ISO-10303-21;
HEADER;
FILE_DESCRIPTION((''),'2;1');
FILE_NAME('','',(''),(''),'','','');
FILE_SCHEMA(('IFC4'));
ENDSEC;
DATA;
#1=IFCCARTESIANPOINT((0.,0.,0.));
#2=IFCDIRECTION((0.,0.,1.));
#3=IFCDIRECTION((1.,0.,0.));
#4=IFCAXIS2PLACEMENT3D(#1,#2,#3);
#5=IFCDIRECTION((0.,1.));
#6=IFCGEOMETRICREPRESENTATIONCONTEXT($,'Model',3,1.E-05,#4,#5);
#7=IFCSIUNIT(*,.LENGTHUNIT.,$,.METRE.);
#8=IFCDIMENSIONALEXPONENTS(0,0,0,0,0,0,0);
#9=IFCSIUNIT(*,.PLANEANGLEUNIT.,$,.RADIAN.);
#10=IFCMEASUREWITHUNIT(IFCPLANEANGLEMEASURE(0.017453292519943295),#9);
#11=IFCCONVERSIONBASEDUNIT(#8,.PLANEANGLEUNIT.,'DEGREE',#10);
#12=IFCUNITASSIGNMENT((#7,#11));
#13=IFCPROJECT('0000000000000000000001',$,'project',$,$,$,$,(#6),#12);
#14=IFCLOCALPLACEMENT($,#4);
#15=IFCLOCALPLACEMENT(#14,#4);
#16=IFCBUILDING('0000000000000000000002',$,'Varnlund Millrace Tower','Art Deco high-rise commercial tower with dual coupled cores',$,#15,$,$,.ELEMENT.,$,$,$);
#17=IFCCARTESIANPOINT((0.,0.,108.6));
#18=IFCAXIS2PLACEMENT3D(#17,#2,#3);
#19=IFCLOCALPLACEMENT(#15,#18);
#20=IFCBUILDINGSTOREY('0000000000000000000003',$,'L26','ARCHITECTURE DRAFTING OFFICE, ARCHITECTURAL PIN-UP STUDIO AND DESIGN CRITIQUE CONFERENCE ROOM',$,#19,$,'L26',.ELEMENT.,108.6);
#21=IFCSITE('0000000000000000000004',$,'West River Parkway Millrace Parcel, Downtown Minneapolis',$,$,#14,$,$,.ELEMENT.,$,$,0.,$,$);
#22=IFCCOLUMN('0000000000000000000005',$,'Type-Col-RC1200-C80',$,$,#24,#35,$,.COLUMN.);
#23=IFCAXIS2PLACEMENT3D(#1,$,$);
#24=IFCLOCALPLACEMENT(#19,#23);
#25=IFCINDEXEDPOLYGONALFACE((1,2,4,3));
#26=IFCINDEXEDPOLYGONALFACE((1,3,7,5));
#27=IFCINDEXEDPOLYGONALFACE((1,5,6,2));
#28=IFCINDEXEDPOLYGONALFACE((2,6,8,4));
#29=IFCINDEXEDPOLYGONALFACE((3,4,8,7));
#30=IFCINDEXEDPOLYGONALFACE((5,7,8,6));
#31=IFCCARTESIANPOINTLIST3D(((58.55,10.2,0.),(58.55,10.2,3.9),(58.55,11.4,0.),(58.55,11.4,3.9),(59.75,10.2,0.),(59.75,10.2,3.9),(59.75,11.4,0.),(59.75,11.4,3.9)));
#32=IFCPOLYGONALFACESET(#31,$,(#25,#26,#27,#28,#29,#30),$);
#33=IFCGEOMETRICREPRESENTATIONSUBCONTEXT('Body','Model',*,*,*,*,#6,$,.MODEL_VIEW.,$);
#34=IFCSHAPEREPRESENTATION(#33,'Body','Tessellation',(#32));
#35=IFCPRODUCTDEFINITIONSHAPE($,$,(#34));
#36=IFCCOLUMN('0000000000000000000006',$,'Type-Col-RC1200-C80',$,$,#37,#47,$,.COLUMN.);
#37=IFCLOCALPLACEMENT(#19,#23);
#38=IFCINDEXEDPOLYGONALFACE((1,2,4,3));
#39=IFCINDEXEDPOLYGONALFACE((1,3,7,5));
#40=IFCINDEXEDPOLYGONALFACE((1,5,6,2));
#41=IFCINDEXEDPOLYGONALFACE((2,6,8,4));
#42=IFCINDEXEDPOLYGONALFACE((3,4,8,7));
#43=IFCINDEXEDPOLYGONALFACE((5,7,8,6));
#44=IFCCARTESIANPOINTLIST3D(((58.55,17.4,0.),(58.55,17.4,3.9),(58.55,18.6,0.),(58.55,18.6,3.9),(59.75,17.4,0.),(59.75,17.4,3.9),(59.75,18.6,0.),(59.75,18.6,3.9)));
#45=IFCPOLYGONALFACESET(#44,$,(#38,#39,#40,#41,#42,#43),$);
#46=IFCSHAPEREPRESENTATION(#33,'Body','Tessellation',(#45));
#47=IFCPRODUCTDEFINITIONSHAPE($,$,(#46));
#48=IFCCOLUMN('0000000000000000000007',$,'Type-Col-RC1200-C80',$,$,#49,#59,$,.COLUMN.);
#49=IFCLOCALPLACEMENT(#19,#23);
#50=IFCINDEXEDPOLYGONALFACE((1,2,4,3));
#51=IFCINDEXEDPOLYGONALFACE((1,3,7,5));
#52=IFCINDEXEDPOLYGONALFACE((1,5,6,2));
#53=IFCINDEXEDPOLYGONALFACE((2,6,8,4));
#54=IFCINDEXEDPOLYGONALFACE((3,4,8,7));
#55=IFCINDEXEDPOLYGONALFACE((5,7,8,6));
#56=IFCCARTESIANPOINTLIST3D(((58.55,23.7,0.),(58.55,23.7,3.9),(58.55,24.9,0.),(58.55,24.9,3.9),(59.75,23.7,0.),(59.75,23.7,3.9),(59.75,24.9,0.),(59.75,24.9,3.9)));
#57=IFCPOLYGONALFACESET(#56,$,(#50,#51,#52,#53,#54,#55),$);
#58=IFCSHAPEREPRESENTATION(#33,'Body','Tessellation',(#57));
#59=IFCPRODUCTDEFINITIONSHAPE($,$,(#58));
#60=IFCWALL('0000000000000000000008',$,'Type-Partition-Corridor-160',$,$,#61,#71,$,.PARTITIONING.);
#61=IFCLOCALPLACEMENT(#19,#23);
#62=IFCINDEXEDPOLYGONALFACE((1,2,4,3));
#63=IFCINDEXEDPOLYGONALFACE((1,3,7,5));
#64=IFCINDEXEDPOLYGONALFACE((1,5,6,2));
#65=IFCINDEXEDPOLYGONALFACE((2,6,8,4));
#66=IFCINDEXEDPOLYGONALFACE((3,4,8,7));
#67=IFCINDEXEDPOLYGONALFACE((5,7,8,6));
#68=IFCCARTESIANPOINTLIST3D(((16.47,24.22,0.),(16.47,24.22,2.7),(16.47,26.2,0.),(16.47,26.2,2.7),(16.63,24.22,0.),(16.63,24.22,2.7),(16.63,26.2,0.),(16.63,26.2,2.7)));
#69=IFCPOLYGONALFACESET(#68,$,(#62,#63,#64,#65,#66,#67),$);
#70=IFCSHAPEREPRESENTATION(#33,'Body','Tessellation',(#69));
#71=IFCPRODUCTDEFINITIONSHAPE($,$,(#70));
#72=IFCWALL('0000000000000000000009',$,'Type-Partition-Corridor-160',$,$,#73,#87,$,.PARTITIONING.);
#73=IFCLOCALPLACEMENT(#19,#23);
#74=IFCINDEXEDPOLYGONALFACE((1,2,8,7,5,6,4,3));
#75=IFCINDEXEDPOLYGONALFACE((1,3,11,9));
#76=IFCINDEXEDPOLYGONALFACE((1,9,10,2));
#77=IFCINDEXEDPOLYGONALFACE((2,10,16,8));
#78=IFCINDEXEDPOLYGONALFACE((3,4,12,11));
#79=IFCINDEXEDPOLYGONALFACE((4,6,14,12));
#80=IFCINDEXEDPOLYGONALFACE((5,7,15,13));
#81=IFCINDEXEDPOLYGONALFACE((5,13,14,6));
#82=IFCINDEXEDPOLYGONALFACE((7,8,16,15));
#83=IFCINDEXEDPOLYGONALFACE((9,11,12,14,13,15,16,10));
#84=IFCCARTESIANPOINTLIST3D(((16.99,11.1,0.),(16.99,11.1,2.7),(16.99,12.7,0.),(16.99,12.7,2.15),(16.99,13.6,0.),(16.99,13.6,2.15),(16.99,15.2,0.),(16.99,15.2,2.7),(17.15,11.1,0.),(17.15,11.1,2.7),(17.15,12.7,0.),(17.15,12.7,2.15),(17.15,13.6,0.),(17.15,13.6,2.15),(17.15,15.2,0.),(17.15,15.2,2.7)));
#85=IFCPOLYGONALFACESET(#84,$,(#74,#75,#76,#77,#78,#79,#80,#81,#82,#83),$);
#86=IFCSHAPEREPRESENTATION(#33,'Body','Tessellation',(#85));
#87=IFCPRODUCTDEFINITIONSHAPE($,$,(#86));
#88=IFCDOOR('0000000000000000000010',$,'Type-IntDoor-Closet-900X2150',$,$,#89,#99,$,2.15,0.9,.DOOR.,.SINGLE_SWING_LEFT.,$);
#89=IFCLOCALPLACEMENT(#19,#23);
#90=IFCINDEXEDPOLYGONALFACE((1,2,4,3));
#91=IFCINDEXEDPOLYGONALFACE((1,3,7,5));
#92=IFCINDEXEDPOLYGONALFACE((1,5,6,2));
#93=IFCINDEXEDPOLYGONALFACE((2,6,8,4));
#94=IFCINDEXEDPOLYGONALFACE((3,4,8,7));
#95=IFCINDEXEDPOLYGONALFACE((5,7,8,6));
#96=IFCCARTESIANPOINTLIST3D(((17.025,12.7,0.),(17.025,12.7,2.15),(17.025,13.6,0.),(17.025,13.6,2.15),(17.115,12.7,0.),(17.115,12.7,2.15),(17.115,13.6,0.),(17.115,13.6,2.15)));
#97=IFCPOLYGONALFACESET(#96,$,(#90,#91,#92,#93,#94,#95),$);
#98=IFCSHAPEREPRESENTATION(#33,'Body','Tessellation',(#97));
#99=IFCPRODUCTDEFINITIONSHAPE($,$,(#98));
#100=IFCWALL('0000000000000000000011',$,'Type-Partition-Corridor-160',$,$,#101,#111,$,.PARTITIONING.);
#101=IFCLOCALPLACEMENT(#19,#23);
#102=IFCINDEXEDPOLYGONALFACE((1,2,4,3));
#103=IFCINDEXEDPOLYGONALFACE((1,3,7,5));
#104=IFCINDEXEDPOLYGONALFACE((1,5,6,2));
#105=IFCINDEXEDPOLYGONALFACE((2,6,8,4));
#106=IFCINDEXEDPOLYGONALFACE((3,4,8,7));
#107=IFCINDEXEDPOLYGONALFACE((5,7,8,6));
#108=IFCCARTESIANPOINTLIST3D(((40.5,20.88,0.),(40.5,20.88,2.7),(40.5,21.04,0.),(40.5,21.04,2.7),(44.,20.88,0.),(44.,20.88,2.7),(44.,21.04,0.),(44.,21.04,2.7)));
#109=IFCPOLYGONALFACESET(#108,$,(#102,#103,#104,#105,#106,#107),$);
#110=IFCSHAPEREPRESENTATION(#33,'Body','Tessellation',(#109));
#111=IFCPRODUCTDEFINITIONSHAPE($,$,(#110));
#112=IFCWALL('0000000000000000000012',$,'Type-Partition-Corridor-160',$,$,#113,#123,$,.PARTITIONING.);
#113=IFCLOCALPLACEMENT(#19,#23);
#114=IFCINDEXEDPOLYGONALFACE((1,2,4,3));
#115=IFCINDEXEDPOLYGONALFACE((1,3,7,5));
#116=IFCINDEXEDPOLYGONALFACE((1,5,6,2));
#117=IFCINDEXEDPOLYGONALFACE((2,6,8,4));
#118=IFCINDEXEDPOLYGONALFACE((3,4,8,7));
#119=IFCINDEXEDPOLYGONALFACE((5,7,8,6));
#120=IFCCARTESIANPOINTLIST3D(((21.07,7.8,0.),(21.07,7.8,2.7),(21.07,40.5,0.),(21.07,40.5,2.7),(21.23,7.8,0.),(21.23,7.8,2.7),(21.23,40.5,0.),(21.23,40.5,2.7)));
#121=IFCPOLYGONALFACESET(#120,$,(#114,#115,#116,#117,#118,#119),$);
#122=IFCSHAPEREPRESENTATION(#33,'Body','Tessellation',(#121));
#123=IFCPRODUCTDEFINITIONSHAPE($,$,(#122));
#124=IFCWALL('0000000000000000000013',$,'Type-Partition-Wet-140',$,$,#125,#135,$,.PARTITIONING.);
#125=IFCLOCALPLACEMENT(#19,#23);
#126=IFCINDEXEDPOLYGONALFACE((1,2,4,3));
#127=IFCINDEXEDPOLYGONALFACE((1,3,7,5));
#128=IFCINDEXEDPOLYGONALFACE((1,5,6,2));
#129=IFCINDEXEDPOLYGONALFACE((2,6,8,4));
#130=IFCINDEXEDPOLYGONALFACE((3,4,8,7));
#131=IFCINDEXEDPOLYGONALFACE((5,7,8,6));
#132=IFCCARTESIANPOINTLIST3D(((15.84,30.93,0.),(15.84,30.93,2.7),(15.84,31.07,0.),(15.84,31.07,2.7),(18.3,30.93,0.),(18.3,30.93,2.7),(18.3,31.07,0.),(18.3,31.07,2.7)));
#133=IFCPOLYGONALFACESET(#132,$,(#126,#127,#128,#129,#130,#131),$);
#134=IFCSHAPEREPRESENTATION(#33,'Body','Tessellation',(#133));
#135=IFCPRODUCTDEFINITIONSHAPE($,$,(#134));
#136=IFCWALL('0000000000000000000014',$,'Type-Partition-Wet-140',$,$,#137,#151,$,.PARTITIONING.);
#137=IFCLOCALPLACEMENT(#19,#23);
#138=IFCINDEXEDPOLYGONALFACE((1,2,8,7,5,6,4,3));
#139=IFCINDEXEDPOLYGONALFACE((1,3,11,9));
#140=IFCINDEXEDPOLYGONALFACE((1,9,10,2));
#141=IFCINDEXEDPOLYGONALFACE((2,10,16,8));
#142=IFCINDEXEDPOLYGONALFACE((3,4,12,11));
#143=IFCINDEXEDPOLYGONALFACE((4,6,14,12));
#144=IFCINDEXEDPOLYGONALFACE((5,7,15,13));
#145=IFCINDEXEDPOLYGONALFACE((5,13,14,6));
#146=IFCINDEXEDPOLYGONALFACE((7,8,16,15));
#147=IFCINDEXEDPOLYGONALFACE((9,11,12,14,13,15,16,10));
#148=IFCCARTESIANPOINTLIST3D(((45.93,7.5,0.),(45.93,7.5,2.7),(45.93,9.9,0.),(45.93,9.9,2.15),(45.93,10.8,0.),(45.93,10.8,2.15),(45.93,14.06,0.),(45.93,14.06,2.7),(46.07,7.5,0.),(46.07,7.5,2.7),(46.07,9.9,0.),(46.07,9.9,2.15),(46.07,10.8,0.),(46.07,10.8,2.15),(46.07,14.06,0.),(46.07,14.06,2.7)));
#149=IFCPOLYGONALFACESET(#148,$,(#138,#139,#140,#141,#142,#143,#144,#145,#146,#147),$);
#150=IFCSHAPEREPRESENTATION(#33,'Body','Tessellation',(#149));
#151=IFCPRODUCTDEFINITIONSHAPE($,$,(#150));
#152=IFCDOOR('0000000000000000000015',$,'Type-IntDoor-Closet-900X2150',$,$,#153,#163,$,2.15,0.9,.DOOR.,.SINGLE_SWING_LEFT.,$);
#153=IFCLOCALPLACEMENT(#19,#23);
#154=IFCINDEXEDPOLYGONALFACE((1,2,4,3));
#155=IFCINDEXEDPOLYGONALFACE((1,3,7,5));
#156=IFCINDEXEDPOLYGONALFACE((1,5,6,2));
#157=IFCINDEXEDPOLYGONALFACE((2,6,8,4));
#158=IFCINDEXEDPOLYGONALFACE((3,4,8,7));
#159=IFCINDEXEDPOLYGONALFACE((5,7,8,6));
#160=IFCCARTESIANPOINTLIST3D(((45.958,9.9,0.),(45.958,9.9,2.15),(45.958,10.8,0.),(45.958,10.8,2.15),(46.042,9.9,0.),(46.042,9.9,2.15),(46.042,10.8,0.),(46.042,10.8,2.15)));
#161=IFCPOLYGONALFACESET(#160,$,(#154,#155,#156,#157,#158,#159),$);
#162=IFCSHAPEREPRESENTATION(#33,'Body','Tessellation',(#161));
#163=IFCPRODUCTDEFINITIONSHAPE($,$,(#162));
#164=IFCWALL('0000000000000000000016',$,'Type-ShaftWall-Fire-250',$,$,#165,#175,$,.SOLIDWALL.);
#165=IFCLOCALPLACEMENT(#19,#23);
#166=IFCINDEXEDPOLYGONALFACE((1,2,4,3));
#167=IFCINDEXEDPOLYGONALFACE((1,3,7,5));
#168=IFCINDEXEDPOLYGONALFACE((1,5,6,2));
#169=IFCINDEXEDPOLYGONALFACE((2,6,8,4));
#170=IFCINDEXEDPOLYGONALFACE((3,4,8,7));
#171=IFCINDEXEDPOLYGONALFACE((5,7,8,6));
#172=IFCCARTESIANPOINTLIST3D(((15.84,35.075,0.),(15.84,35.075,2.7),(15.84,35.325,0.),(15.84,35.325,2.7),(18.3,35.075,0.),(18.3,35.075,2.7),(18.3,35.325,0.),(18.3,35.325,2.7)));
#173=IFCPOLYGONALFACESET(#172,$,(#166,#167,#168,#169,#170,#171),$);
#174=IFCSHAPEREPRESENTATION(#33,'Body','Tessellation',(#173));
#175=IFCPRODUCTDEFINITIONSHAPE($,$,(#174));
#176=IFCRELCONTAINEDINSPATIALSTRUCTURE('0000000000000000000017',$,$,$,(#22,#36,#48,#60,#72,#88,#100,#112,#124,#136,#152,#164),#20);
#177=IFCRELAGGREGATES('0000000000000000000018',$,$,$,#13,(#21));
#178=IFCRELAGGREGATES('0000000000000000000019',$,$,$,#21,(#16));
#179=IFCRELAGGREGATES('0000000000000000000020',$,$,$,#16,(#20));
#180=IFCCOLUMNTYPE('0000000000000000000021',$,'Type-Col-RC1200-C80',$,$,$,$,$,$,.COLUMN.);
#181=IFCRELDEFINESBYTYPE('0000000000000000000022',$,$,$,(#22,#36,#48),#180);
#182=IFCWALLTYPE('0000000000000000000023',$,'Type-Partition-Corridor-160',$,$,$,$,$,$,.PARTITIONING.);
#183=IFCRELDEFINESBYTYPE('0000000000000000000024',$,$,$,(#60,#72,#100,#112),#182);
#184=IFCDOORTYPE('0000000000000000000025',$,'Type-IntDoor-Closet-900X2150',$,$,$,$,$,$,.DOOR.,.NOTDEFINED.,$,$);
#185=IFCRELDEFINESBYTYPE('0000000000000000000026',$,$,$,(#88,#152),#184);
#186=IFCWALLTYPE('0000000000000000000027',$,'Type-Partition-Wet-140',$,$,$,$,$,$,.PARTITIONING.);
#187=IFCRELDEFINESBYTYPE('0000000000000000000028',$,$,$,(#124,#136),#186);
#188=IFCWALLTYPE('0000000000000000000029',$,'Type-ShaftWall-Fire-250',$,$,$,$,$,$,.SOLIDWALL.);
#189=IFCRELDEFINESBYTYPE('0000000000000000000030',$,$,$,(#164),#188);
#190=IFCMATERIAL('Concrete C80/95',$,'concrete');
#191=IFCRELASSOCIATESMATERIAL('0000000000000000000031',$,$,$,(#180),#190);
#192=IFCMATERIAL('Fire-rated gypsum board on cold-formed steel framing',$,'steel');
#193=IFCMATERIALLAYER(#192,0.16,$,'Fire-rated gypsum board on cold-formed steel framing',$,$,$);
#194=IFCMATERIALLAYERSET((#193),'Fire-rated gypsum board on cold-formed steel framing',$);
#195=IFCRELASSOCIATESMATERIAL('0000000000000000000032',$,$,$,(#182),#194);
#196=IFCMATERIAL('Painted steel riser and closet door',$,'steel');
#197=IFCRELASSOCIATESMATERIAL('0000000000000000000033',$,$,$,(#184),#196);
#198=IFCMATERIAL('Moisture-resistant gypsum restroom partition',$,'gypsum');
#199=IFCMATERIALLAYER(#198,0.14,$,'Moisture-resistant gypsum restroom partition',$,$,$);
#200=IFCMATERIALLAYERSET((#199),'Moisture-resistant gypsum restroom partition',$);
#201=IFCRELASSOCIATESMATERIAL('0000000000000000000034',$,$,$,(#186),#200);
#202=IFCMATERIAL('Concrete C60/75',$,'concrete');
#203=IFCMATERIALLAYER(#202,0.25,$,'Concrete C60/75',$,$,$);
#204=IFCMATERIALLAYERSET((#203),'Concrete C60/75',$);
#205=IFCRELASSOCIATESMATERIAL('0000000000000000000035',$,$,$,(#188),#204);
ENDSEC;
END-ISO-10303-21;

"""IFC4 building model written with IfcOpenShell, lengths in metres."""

from ifc_helpers import new_model, entity, si_unit, converted_unit, direction, frame, origin_with_axes, origin_2d_with_axis, place, context, subcontext, project, spatial, polyline, rectangle, outline, extrude, material, layer, layer_set, material_profile, profile_set, type_object, element, fill, save


model = new_model("IFC4")

# Units and contexts
model_context = context("Model", 3, precision=1e-05, world=origin_with_axes(), true_north=direction((0.0, 1.0)))
body_context = subcontext(model_context, "Body", "Model", "MODEL_VIEW")
ifc_project = project(units=[si_unit("LENGTHUNIT", "METRE"), converted_unit("PLANEANGLEUNIT", "DEGREE", entity("IfcPlaneAngleMeasure", 0.017453292519943295), si_unit("PLANEANGLEUNIT", "RADIAN"), dimensions=[0, 0, 0, 0, 0, 0, 0])], contexts=[model_context])

# Site, building, storey
site_placement = place(None, origin_with_axes())
site = spatial("IfcSite", under=ifc_project, at=site_placement, Name="West River Parkway Millrace Parcel, Downtown Minneapolis", CompositionType="ELEMENT", RefElevation=0.0)
building_placement = place(site_placement, origin_with_axes())
building = spatial("IfcBuilding", under=site, at=building_placement, Name="Varnlund Millrace Tower", Description="Art Deco high-rise commercial tower with dual coupled cores", CompositionType="ELEMENT")
storey_placement = place(building_placement, frame((0.0, 0.0, 108.6), z_axis=(0.0, 0.0, 1.0), x_axis=(1.0, 0.0, 0.0)))
storey = spatial("IfcBuildingStorey", under=building, at=storey_placement, Name="L26", Description="ARCHITECTURE DRAFTING OFFICE, ARCHITECTURAL PIN-UP STUDIO AND DESIGN CRITIQUE CONFERENCE ROOM", LongName="L26", CompositionType="ELEMENT", Elevation=108.6)

# Columns
ifc_material_1 = material(Name="Concrete C80/95", Category="concrete")
ifc_material_profile = material_profile(ifc_material_1, rectangle(XDim=1.2, YDim=1.2, at=origin_2d_with_axis()), Name="Concrete C80/95")
ifc_profile_set = profile_set([ifc_material_profile], Name="Concrete C80/95")
column_type = type_object("IfcColumnType", Name="Type-Col-RC1200-C80", PredefinedType="COLUMN", material=ifc_profile_set)
for number, where, z_axis, x_axis, name in (
    (1, (59.15, 10.8, 0.0), (0.0, 0.0, 1.0), (1.0, 0.0, 0.0), "Type-Col-RC1200-C80"),
    (2, (59.15, 18.0, 0.0), (0.0, 0.0, 1.0), (1.0, 0.0, 0.0), "Type-Col-RC1200-C80"),
    (3, (59.15, 24.3, 0.0), (0.0, 0.0, 1.0), (1.0, 0.0, 0.0), "Type-Col-RC1200-C80"),
):
    element("IfcColumn", number, at=place(storey_placement, frame(where, z_axis=z_axis, x_axis=x_axis)), inside=storey, type_object=column_type, Name=name, PredefinedType="COLUMN", context=body_context, shape_type="SweptSolid", body=[
        extrude(rectangle(XDim=1.2, YDim=1.2, at=origin_2d_with_axis()), origin_with_axes(), (0.0, 0.0, 1.0), 3.9),
    ])

# Wall
ifc_material_2 = material(Name="Fire-rated gypsum board on cold-formed steel framing", Category="steel")
ifc_layer_1 = layer(ifc_material_2, 0.16, Name="Fire-rated gypsum board on cold-formed steel framing")
ifc_layer_set_1 = layer_set([ifc_layer_1], Name="Fire-rated gypsum board on cold-formed steel framing")
wall_type_1 = type_object("IfcWallType", Name="Type-Partition-Corridor-160", PredefinedType="PARTITIONING", material=ifc_layer_set_1)
wall_1_placement = place(storey_placement, frame((16.55, 24.22, 0.0), z_axis=(0.0, 0.0, 1.0), x_axis=(0.0, 1.0, 0.0)))
element("IfcWall", 4, at=wall_1_placement, inside=storey, type_object=wall_type_1, Name="Type-Partition-Corridor-160", PredefinedType="PARTITIONING", context=body_context, shape_type="SweptSolid", body=[
    extrude(outline(polyline([(0.0, -0.08), (1.98, -0.08), (1.98, 0.08), (0.0, 0.08), (0.0, -0.08)])), origin_with_axes(), (0.0, 0.0, 1.0), 2.7),
])

# Wall, opening, door
wall_2_placement = place(storey_placement, frame((17.07, 11.1, 0.0), z_axis=(0.0, 0.0, 1.0), x_axis=(0.0, 1.0, 0.0)))
wall_2 = element("IfcWall", 5, at=wall_2_placement, inside=storey, type_object=wall_type_1, Name="Type-Partition-Corridor-160", PredefinedType="PARTITIONING", context=body_context, shape_type="SweptSolid", body=[
    extrude(outline(polyline([(0.0, -0.08), (4.1, -0.08), (4.1, 0.08), (0.0, 0.08), (0.0, -0.08)])), origin_with_axes(), (0.0, 0.0, 1.0), 2.7),
])
opening_1_placement = place(wall_2_placement, frame((2.05, 0.0, 0.0), z_axis=(0.0, 0.0, 1.0), x_axis=(1.0, 0.0, 0.0)))
opening_1 = element("IfcOpeningElement", 6, at=opening_1_placement, cuts=wall_2, PredefinedType="OPENING", context=body_context, shape_type="SweptSolid", body=[
    extrude(rectangle(XDim=0.9, YDim=0.18, at=origin_2d_with_axis()), origin_with_axes(), (0.0, 0.0, 1.0), 2.15),
])
ifc_material_3 = material(Name="Painted steel riser and closet door", Category="steel")
door_type = type_object("IfcDoorType", Name="Type-IntDoor-Closet-900X2150", OperationType="NOTDEFINED", PredefinedType="DOOR", material=ifc_material_3)
door_1_placement = place(wall_2_placement, frame((2.05, 0.0, 0.0), z_axis=(0.0, 0.0, 1.0), x_axis=(1.0, 0.0, 0.0)))
door_1 = element("IfcDoor", 7, at=door_1_placement, inside=storey, type_object=door_type, Name="Type-IntDoor-Closet-900X2150", OperationType="SINGLE_SWING_LEFT", OverallHeight=2.15, OverallWidth=0.9, PredefinedType="DOOR", context=body_context, shape_type="SweptSolid", body=[
    extrude(rectangle(XDim=0.9, YDim=0.09, at=origin_2d_with_axis()), origin_with_axes(), (0.0, 0.0, 1.0), 2.15),
])
fill(opening_1, door_1)

# Walls
wall_3_placement = place(storey_placement, frame((40.5, 20.96, 0.0), z_axis=(0.0, 0.0, 1.0), x_axis=(1.0, 0.0, 0.0)))
element("IfcWall", 8, at=wall_3_placement, inside=storey, type_object=wall_type_1, Name="Type-Partition-Corridor-160", PredefinedType="PARTITIONING", context=body_context, shape_type="SweptSolid", body=[
    extrude(outline(polyline([(0.0, -0.08), (3.5, -0.08), (3.5, 0.08), (0.0, 0.08), (0.0, -0.08)])), origin_with_axes(), (0.0, 0.0, 1.0), 2.7),
])
wall_4_placement = place(storey_placement, frame((21.15, 7.8, 0.0), z_axis=(0.0, 0.0, 1.0), x_axis=(0.0, 1.0, 0.0)))
element("IfcWall", 9, at=wall_4_placement, inside=storey, type_object=wall_type_1, Name="Type-Partition-Corridor-160", PredefinedType="PARTITIONING", context=body_context, shape_type="SweptSolid", body=[
    extrude(outline(polyline([(0.0, -0.08), (32.7, -0.08), (32.7, 0.08), (0.0, 0.08), (0.0, -0.08)])), origin_with_axes(), (0.0, 0.0, 1.0), 2.7),
])
ifc_material_4 = material(Name="Moisture-resistant gypsum restroom partition", Category="gypsum")
ifc_layer_2 = layer(ifc_material_4, 0.14, Name="Moisture-resistant gypsum restroom partition")
ifc_layer_set_2 = layer_set([ifc_layer_2], Name="Moisture-resistant gypsum restroom partition")
wall_type_2 = type_object("IfcWallType", Name="Type-Partition-Wet-140", PredefinedType="PARTITIONING", material=ifc_layer_set_2)
wall_5_placement = place(storey_placement, frame((15.84, 31.0, 0.0), z_axis=(0.0, 0.0, 1.0), x_axis=(1.0, 0.0, 0.0)))
element("IfcWall", 10, at=wall_5_placement, inside=storey, type_object=wall_type_2, Name="Type-Partition-Wet-140", PredefinedType="PARTITIONING", context=body_context, shape_type="SweptSolid", body=[
    extrude(outline(polyline([(0.0, -0.07), (2.46, -0.07), (2.46, 0.07), (0.0, 0.07), (0.0, -0.07)])), origin_with_axes(), (0.0, 0.0, 1.0), 2.7),
])

# Wall, opening, door
wall_6_placement = place(storey_placement, frame((46.0, 7.5, 0.0), z_axis=(0.0, 0.0, 1.0), x_axis=(0.0, 1.0, 0.0)))
wall_6 = element("IfcWall", 11, at=wall_6_placement, inside=storey, type_object=wall_type_2, Name="Type-Partition-Wet-140", PredefinedType="PARTITIONING", context=body_context, shape_type="SweptSolid", body=[
    extrude(outline(polyline([(0.0, -0.07), (6.56, -0.07), (6.56, 0.07), (0.0, 0.07), (0.0, -0.07)])), origin_with_axes(), (0.0, 0.0, 1.0), 2.7),
])
opening_2_placement = place(wall_6_placement, frame((2.85, 0.0, 0.0), z_axis=(0.0, 0.0, 1.0), x_axis=(1.0, 0.0, 0.0)))
opening_2 = element("IfcOpeningElement", 12, at=opening_2_placement, cuts=wall_6, PredefinedType="OPENING", context=body_context, shape_type="SweptSolid", body=[
    extrude(rectangle(XDim=0.9, YDim=0.16, at=origin_2d_with_axis()), origin_with_axes(), (0.0, 0.0, 1.0), 2.15),
])
door_2_placement = place(wall_6_placement, frame((2.85, 0.0, 0.0), z_axis=(0.0, 0.0, 1.0), x_axis=(1.0, 0.0, 0.0)))
door_2 = element("IfcDoor", 13, at=door_2_placement, inside=storey, type_object=door_type, Name="Type-IntDoor-Closet-900X2150", OperationType="SINGLE_SWING_LEFT", OverallHeight=2.15, OverallWidth=0.9, PredefinedType="DOOR", context=body_context, shape_type="SweptSolid", body=[
    extrude(rectangle(XDim=0.9, YDim=0.084, at=origin_2d_with_axis()), origin_with_axes(), (0.0, 0.0, 1.0), 2.15),
])
fill(opening_2, door_2)

# Wall
ifc_material_5 = material(Name="Concrete C60/75", Category="concrete")
ifc_layer_3 = layer(ifc_material_5, 0.25, Name="Concrete C60/75")
ifc_layer_set_3 = layer_set([ifc_layer_3], Name="Concrete C60/75")
wall_type_3 = type_object("IfcWallType", Name="Type-ShaftWall-Fire-250", PredefinedType="SOLIDWALL", material=ifc_layer_set_3)
wall_7_placement = place(storey_placement, frame((15.84, 35.2, 0.0), z_axis=(0.0, 0.0, 1.0), x_axis=(1.0, 0.0, 0.0)))
element("IfcWall", 14, at=wall_7_placement, inside=storey, type_object=wall_type_3, Name="Type-ShaftWall-Fire-250", PredefinedType="SOLIDWALL", context=body_context, shape_type="SweptSolid", body=[
    extrude(outline(polyline([(0.0, -0.125), (2.46, -0.125), (2.46, 0.125), (0.0, 0.125), (0.0, -0.125)])), origin_with_axes(), (0.0, 0.0, 1.0), 2.7),
])

save(model, "model.ifc")
